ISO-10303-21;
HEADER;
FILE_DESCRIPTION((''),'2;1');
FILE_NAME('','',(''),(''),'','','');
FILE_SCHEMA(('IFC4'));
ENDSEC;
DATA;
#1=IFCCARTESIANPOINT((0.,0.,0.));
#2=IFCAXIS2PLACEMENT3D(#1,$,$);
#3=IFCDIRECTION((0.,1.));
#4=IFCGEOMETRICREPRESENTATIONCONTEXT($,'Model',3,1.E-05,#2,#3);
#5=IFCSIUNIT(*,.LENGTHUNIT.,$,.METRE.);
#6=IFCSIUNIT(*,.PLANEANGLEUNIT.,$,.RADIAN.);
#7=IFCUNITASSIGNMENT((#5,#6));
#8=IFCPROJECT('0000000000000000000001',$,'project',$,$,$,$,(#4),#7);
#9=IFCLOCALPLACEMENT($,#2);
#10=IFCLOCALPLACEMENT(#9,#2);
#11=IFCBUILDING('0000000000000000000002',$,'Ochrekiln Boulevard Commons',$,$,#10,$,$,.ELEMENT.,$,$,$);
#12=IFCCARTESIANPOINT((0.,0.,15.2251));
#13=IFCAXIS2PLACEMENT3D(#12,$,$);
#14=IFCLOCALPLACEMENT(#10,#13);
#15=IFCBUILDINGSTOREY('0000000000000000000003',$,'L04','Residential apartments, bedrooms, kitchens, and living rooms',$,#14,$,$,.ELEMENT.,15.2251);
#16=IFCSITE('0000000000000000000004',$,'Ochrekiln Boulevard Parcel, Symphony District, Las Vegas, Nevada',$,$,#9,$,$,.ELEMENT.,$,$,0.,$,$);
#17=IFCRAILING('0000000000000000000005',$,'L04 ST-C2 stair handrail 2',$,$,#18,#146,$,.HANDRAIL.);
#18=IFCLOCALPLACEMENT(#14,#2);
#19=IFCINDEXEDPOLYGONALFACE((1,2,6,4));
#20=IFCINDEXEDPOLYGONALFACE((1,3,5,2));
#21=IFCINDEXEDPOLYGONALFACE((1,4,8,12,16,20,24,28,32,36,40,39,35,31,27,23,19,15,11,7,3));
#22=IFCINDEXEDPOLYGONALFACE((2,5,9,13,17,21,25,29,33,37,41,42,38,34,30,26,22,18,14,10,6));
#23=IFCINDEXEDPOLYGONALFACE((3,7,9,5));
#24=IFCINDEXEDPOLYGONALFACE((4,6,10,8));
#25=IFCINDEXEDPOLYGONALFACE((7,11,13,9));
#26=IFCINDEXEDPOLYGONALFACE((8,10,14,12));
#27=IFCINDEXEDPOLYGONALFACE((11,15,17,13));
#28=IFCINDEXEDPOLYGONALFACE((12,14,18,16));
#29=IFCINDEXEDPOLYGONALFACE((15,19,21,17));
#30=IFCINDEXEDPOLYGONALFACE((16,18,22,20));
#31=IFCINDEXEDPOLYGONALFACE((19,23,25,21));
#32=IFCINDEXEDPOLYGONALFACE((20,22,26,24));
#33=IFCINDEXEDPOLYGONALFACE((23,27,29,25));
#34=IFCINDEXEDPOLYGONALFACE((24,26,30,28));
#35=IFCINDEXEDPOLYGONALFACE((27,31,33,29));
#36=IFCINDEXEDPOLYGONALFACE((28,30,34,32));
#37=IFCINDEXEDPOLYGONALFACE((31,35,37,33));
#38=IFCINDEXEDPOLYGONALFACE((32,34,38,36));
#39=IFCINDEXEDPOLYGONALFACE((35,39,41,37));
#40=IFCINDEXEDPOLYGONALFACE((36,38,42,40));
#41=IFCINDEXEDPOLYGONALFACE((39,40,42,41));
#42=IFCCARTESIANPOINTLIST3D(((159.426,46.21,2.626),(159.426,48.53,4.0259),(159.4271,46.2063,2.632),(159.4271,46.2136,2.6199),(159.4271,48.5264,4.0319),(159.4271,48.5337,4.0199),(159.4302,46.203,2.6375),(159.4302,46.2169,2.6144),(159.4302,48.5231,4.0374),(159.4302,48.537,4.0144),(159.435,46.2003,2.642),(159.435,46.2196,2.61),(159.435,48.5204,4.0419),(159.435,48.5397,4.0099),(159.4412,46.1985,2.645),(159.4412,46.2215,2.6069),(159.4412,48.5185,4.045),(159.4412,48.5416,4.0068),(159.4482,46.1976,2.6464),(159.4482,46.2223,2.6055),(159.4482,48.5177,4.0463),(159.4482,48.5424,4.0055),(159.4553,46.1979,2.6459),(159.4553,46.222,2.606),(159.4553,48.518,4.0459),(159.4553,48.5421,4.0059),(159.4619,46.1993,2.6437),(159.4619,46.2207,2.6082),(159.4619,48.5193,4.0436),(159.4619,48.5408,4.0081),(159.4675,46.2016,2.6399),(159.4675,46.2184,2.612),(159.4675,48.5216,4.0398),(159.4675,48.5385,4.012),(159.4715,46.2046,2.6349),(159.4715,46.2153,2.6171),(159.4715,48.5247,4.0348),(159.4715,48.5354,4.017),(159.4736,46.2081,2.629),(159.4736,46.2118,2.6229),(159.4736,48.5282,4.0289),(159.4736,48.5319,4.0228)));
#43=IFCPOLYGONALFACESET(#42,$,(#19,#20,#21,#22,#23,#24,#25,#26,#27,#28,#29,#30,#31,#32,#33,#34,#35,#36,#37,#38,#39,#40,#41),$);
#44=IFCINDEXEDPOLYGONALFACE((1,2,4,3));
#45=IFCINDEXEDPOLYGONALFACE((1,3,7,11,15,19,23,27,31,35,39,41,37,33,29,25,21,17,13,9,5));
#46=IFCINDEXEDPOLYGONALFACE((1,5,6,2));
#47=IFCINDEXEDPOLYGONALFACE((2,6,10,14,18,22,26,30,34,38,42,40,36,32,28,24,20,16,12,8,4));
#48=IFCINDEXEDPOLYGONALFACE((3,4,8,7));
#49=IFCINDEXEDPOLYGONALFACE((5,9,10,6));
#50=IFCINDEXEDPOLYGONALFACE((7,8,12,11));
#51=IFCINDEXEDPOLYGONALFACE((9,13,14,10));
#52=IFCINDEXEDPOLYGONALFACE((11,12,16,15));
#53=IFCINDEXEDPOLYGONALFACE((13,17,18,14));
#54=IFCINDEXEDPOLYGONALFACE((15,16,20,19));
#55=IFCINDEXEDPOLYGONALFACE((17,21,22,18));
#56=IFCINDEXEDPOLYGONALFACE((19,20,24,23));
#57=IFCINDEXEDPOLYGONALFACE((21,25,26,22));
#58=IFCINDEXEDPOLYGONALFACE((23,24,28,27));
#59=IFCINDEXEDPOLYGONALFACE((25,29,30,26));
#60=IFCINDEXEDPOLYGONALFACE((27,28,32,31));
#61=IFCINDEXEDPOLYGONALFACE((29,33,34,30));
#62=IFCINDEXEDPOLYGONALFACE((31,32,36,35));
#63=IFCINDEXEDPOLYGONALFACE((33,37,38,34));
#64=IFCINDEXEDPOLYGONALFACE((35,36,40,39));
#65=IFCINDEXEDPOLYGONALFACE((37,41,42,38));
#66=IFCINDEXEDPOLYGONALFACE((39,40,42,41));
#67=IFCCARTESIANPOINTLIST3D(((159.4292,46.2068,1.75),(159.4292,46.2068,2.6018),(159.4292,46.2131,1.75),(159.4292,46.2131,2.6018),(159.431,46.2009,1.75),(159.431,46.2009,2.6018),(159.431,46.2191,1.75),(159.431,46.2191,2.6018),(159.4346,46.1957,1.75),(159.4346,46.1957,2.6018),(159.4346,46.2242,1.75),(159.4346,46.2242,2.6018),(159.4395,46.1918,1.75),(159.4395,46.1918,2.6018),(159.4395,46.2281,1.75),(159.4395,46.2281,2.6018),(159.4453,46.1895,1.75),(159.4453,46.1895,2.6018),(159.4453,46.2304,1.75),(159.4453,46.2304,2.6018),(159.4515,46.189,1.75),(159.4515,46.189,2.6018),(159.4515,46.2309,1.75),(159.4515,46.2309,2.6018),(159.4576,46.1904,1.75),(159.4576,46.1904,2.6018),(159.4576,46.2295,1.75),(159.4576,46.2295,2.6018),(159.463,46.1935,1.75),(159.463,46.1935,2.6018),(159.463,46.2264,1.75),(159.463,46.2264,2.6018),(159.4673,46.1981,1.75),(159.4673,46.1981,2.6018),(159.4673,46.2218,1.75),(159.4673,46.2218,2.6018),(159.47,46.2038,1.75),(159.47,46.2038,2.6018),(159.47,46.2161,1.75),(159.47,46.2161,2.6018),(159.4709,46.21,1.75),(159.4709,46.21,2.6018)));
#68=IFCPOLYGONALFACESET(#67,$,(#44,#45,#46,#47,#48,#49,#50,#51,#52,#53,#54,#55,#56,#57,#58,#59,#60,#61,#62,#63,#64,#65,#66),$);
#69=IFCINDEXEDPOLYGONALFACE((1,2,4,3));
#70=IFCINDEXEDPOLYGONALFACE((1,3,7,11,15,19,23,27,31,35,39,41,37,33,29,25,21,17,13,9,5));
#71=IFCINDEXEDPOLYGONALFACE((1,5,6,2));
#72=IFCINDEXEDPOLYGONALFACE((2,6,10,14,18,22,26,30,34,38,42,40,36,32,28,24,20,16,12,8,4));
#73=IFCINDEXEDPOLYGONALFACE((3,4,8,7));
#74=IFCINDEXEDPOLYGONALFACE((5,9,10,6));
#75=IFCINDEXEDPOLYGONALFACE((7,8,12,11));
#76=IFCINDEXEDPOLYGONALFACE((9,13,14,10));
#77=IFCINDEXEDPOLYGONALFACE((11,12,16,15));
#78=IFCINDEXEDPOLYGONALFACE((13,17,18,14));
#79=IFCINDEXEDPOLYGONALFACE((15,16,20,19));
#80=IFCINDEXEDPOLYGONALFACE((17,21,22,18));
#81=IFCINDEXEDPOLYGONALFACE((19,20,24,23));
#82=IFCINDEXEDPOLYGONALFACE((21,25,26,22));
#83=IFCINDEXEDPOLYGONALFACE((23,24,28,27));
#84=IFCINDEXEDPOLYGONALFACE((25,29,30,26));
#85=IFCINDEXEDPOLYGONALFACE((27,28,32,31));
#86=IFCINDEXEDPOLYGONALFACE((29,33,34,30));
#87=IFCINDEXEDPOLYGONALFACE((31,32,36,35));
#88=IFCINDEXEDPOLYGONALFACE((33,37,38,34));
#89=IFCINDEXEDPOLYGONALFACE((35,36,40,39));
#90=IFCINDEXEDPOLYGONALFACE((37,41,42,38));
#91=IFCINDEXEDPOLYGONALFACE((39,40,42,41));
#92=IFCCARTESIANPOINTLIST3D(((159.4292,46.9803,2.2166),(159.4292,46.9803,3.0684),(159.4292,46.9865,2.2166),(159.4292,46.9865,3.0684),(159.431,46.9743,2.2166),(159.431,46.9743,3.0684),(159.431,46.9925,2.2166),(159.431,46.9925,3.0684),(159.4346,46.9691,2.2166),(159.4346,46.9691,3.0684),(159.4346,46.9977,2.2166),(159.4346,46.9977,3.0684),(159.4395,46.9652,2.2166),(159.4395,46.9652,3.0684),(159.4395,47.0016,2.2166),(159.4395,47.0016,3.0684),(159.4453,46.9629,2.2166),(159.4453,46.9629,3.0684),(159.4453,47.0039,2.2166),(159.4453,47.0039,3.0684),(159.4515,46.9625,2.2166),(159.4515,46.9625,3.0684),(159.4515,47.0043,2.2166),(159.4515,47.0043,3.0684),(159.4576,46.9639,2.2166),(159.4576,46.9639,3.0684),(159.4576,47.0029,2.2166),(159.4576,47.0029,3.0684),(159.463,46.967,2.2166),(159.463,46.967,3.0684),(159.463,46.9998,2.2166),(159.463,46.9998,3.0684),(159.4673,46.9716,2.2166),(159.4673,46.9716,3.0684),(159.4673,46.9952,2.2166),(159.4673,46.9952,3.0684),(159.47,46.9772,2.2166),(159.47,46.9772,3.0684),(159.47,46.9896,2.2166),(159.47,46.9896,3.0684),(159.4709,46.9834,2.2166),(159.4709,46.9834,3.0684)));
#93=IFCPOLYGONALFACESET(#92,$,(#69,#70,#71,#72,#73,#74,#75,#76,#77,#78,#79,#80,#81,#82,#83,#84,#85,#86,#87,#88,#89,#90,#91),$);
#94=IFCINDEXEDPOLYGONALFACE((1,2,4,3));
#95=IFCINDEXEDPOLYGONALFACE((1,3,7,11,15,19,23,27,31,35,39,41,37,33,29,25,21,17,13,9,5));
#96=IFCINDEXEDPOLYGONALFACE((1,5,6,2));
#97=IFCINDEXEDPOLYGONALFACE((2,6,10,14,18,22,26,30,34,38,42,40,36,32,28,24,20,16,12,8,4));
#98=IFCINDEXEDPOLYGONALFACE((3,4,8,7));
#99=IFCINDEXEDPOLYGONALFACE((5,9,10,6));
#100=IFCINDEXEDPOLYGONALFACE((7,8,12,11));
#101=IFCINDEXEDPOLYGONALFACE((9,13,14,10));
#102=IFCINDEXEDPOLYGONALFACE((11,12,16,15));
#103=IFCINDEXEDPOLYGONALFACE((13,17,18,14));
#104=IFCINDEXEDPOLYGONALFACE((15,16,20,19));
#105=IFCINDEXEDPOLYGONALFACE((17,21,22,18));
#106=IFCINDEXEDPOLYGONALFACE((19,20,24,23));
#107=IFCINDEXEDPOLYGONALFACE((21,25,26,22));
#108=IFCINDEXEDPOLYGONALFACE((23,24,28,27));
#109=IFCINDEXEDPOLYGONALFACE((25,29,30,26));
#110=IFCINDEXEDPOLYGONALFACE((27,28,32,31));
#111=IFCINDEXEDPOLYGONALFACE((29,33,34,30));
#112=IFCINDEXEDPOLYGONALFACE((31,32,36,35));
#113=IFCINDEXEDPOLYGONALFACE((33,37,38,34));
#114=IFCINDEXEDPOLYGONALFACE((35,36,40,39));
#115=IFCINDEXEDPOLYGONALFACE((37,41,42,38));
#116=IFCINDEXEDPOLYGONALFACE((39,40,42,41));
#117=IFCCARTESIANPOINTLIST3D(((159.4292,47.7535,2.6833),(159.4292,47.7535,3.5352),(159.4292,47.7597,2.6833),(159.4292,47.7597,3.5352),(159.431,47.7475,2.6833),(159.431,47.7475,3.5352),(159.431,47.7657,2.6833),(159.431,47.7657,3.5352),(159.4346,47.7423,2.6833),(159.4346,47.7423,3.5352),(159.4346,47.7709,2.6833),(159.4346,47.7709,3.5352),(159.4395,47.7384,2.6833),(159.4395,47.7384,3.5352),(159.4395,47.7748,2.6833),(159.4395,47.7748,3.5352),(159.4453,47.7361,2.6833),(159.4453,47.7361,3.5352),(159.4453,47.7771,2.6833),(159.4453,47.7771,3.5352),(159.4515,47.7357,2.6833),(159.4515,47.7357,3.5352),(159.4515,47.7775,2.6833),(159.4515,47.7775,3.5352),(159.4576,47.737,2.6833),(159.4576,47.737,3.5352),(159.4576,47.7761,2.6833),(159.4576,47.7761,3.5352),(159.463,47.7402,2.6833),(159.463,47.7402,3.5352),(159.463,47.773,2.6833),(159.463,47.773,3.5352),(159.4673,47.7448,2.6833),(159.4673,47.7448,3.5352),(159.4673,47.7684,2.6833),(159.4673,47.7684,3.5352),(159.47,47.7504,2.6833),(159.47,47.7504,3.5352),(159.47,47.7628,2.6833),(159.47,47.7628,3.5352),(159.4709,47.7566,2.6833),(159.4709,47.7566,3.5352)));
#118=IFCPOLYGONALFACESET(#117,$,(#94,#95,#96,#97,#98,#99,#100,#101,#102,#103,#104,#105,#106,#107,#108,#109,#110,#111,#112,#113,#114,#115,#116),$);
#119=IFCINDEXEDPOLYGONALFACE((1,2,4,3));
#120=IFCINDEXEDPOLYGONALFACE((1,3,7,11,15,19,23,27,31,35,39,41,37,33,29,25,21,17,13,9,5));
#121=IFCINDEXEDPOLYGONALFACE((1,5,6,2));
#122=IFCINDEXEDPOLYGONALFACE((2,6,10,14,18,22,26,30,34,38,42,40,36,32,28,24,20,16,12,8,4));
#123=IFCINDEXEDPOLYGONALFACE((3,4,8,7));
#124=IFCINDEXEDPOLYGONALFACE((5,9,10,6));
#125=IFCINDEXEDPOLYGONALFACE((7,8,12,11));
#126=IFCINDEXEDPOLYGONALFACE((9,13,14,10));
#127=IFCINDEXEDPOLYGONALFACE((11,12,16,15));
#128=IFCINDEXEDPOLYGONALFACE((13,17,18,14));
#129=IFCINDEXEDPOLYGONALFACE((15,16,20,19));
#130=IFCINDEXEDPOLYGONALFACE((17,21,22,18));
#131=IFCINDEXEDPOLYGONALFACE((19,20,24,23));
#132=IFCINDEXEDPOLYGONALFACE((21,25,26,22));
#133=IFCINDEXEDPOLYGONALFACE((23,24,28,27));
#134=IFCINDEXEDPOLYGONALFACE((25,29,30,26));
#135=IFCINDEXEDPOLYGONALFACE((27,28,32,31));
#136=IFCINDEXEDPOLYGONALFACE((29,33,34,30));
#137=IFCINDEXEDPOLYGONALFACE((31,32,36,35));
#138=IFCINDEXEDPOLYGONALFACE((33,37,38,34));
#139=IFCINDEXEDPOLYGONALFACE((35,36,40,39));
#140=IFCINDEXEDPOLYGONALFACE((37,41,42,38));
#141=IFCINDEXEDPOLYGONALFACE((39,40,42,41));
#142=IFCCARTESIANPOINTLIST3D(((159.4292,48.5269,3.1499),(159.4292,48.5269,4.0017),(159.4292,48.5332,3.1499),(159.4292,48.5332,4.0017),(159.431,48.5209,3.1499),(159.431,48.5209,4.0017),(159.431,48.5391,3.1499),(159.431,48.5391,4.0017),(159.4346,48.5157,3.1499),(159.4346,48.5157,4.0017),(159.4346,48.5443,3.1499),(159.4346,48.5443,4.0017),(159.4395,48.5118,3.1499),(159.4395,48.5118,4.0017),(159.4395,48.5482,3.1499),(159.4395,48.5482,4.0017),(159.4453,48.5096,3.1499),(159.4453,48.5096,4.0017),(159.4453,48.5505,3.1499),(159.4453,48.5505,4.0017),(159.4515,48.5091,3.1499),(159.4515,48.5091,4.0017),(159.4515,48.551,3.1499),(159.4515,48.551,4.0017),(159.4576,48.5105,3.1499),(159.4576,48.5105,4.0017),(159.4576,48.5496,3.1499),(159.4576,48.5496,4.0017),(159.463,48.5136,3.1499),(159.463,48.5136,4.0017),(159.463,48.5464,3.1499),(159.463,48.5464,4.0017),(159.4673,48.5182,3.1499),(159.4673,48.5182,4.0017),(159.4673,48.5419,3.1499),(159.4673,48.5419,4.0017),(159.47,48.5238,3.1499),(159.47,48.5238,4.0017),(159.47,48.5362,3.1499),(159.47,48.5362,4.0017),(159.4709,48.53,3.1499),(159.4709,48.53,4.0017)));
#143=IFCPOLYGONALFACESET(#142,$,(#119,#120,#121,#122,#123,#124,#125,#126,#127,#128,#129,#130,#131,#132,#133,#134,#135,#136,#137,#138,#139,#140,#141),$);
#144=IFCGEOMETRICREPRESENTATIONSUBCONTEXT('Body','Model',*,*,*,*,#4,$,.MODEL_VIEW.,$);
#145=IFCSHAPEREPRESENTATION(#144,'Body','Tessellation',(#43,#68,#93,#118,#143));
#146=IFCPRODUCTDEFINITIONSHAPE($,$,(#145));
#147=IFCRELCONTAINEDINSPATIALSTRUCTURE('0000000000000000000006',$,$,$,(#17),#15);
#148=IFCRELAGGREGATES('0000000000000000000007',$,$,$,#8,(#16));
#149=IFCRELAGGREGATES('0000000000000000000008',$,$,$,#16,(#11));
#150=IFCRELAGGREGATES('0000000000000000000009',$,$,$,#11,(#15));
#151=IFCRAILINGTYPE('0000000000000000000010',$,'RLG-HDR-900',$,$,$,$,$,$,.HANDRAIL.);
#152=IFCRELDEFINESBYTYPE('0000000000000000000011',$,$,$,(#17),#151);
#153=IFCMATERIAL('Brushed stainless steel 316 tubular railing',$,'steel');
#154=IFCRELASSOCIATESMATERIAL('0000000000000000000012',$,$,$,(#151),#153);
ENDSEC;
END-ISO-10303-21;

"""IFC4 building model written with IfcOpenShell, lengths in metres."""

from ifc_helpers import new_model, si_unit, direction, frame, origin, origin_2d, place, context, subcontext, project, spatial, circle, extrude, material, type_object, element, save


model = new_model("IFC4")

# Units and contexts
model_context = context("Model", 3, precision=1e-05, world=origin(), true_north=direction((0.0, 1.0)))
body_context = subcontext(model_context, "Body", "Model", "MODEL_VIEW")
ifc_project = project(units=[si_unit("LENGTHUNIT", "METRE"), si_unit("PLANEANGLEUNIT", "RADIAN")], contexts=[model_context])

# Site, building, storey
site_placement = place(None, origin())
site = spatial("IfcSite", under=ifc_project, at=site_placement, Name="Ochrekiln Boulevard Parcel, Symphony District, Las Vegas, Nevada", CompositionType="ELEMENT", RefElevation=0.0)
building_placement = place(site_placement, origin())
building = spatial("IfcBuilding", under=site, at=building_placement, Name="Ochrekiln Boulevard Commons", CompositionType="ELEMENT")
storey_placement = place(building_placement, frame((0.0, 0.0, 15.2251)))
storey = spatial("IfcBuildingStorey", under=building, at=storey_placement, Name="L04", Description="Residential apartments, bedrooms, kitchens, and living rooms", CompositionType="ELEMENT", Elevation=15.2251)

# Railing
ifc_material_1 = material(Name="Brushed stainless steel 316 tubular railing", Category="steel")
railing_type = type_object("IfcRailingType", Name="RLG-HDR-900", PredefinedType="HANDRAIL", material=ifc_material_1)
railing_placement = place(storey_placement, frame((159.45, 46.21, 1.75)))
element("IfcRailing", 1, at=railing_placement, inside=storey, type_object=railing_type, Name="L04 ST-C2 stair handrail 2", PredefinedType="HANDRAIL", context=body_context, shape_type="SweptSolid", body=[
    extrude(circle(Radius=0.0239, at=origin_2d()), frame((0.0, 0.0, 0.876), z_axis=(0.0, 0.85621, 0.516627), x_axis=(-1.0, 0.0, 0.0)), (0.0, 0.0, 1.0), 2.7097),
    extrude(circle(Radius=0.021, at=origin_2d()), origin(), (0.0, 0.0, 1.0), 0.8518),
    extrude(circle(Radius=0.021, at=origin_2d()), frame((0.0, 0.7734, 0.4666)), (0.0, 0.0, 1.0), 0.8518),
    extrude(circle(Radius=0.021, at=origin_2d()), frame((0.0, 1.5466, 0.9333)), (0.0, 0.0, 1.0), 0.8518),
    extrude(circle(Radius=0.021, at=origin_2d()), frame((0.0, 2.3201, 1.3999)), (0.0, 0.0, 1.0), 0.8518),
])

save(model, "model.ifc")
